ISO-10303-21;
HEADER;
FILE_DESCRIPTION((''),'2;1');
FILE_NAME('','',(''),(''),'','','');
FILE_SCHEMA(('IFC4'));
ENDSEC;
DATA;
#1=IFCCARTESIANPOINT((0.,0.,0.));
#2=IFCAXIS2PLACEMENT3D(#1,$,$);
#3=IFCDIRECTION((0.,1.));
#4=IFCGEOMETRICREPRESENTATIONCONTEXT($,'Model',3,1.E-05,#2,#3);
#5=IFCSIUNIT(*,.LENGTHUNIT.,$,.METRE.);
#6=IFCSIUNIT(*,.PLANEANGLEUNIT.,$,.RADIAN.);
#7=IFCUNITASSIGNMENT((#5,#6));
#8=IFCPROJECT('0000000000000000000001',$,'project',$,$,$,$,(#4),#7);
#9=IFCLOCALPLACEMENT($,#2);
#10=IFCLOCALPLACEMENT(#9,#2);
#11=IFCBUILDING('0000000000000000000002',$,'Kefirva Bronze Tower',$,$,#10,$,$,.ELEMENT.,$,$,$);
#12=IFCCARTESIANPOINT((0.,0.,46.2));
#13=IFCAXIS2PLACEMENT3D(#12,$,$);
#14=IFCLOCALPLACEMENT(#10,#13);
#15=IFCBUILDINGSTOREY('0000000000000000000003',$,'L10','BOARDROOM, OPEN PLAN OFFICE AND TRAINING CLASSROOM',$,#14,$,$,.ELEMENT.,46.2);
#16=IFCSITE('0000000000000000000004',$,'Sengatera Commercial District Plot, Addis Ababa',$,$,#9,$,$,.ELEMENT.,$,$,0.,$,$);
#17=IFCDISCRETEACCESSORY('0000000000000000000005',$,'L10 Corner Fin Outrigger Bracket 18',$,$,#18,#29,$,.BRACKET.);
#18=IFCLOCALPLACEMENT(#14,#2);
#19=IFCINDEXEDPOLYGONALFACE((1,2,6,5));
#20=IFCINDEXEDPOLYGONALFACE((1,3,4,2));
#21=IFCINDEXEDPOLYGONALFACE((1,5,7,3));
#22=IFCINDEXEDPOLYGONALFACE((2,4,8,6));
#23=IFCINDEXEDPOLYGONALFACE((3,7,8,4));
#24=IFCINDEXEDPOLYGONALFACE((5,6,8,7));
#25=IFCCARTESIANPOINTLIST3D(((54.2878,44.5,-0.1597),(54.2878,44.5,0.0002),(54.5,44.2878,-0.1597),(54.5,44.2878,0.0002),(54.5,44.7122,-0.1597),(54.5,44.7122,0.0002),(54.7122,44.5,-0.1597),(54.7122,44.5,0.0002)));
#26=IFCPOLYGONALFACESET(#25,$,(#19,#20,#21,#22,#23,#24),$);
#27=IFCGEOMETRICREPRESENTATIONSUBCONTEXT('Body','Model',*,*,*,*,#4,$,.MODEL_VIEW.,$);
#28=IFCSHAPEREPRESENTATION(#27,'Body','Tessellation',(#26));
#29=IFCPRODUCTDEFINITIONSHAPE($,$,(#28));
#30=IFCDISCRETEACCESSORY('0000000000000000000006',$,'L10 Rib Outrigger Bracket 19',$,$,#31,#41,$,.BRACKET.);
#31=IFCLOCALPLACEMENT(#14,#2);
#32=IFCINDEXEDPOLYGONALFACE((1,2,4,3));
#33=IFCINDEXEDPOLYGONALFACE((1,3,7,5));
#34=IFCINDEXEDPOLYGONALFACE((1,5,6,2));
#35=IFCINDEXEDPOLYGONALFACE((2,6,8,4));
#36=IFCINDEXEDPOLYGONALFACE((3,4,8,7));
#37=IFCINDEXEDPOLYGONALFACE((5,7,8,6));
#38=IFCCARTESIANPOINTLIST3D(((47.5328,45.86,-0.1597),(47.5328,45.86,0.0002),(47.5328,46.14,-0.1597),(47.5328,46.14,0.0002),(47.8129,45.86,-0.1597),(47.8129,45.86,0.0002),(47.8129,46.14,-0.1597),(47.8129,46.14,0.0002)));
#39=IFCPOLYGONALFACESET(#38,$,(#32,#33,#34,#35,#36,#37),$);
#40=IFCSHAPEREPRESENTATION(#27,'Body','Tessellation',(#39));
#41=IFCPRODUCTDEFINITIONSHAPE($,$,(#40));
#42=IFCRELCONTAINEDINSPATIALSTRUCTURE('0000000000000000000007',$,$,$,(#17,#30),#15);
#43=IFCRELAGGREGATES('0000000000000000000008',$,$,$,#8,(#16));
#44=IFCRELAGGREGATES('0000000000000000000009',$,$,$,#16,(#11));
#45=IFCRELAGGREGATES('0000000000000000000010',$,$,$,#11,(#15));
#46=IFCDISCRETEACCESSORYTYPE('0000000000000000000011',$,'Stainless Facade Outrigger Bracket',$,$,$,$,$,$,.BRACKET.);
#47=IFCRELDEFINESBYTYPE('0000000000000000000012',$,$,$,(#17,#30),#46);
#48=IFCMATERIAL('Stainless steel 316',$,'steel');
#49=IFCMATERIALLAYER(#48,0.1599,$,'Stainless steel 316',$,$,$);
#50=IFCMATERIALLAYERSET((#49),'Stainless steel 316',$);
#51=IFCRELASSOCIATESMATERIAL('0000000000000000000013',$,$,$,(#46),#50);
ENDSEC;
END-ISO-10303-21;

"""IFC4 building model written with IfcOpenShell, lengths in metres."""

from ifc_helpers import new_model, si_unit, direction, frame, origin, origin_2d, place, context, subcontext, project, spatial, rectangle, extrude, material, layer, layer_set, type_object, element, save


model = new_model("IFC4")

# Units and contexts
model_context = context("Model", 3, precision=1e-05, world=origin(), true_north=direction((0.0, 1.0)))
body_context = subcontext(model_context, "Body", "Model", "MODEL_VIEW")
ifc_project = project(units=[si_unit("LENGTHUNIT", "METRE"), si_unit("PLANEANGLEUNIT", "RADIAN")], contexts=[model_context])

# Site, building, storey
site_placement = place(None, origin())
site = spatial("IfcSite", under=ifc_project, at=site_placement, Name="Sengatera Commercial District Plot, Addis Ababa", CompositionType="ELEMENT", RefElevation=0.0)
building_placement = place(site_placement, origin())
building = spatial("IfcBuilding", under=site, at=building_placement, Name="Kefirva Bronze Tower", CompositionType="ELEMENT")
storey_placement = place(building_placement, frame((0.0, 0.0, 46.2)))
storey = spatial("IfcBuildingStorey", under=building, at=storey_placement, Name="L10", Description="BOARDROOM, OPEN PLAN OFFICE AND TRAINING CLASSROOM", CompositionType="ELEMENT", Elevation=46.2)

# Discrete accessories
ifc_material_1 = material(Name="Stainless steel 316", Category="steel")
ifc_layer_1 = layer(ifc_material_1, 0.1599, Name="Stainless steel 316")
ifc_layer_set_1 = layer_set([ifc_layer_1], Name="Stainless steel 316")
discrete_accessory_type = type_object("IfcDiscreteAccessoryType", Name="Stainless Facade Outrigger Bracket", PredefinedType="BRACKET", material=ifc_layer_set_1)
discrete_accessory_1_placement = place(storey_placement, frame((54.5, 44.5, -0.1597), z_axis=(0.0, 0.0, 1.0), x_axis=(-0.707107, 0.707107, 0.0)))
element("IfcDiscreteAccessory", 1, at=discrete_accessory_1_placement, inside=storey, type_object=discrete_accessory_type, Name="L10 Corner Fin Outrigger Bracket 18", PredefinedType="BRACKET", context=body_context, shape_type="SweptSolid", body=[
    extrude(rectangle(XDim=0.3, YDim=0.3, at=origin_2d()), origin(), (0.0, 0.0, 1.0), 0.1599),
])
discrete_accessory_2_placement = place(storey_placement, frame((47.6729, 46.0, -0.1597), z_axis=(0.0, 0.0, 1.0), x_axis=(-1.0, 0.0, 0.0)))
element("IfcDiscreteAccessory", 2, at=discrete_accessory_2_placement, inside=storey, type_object=discrete_accessory_type, Name="L10 Rib Outrigger Bracket 19", PredefinedType="BRACKET", context=body_context, shape_type="SweptSolid", body=[
    extrude(rectangle(XDim=0.28, YDim=0.28, at=origin_2d()), origin(), (0.0, 0.0, 1.0), 0.1599),
])

save(model, "model.ifc")
